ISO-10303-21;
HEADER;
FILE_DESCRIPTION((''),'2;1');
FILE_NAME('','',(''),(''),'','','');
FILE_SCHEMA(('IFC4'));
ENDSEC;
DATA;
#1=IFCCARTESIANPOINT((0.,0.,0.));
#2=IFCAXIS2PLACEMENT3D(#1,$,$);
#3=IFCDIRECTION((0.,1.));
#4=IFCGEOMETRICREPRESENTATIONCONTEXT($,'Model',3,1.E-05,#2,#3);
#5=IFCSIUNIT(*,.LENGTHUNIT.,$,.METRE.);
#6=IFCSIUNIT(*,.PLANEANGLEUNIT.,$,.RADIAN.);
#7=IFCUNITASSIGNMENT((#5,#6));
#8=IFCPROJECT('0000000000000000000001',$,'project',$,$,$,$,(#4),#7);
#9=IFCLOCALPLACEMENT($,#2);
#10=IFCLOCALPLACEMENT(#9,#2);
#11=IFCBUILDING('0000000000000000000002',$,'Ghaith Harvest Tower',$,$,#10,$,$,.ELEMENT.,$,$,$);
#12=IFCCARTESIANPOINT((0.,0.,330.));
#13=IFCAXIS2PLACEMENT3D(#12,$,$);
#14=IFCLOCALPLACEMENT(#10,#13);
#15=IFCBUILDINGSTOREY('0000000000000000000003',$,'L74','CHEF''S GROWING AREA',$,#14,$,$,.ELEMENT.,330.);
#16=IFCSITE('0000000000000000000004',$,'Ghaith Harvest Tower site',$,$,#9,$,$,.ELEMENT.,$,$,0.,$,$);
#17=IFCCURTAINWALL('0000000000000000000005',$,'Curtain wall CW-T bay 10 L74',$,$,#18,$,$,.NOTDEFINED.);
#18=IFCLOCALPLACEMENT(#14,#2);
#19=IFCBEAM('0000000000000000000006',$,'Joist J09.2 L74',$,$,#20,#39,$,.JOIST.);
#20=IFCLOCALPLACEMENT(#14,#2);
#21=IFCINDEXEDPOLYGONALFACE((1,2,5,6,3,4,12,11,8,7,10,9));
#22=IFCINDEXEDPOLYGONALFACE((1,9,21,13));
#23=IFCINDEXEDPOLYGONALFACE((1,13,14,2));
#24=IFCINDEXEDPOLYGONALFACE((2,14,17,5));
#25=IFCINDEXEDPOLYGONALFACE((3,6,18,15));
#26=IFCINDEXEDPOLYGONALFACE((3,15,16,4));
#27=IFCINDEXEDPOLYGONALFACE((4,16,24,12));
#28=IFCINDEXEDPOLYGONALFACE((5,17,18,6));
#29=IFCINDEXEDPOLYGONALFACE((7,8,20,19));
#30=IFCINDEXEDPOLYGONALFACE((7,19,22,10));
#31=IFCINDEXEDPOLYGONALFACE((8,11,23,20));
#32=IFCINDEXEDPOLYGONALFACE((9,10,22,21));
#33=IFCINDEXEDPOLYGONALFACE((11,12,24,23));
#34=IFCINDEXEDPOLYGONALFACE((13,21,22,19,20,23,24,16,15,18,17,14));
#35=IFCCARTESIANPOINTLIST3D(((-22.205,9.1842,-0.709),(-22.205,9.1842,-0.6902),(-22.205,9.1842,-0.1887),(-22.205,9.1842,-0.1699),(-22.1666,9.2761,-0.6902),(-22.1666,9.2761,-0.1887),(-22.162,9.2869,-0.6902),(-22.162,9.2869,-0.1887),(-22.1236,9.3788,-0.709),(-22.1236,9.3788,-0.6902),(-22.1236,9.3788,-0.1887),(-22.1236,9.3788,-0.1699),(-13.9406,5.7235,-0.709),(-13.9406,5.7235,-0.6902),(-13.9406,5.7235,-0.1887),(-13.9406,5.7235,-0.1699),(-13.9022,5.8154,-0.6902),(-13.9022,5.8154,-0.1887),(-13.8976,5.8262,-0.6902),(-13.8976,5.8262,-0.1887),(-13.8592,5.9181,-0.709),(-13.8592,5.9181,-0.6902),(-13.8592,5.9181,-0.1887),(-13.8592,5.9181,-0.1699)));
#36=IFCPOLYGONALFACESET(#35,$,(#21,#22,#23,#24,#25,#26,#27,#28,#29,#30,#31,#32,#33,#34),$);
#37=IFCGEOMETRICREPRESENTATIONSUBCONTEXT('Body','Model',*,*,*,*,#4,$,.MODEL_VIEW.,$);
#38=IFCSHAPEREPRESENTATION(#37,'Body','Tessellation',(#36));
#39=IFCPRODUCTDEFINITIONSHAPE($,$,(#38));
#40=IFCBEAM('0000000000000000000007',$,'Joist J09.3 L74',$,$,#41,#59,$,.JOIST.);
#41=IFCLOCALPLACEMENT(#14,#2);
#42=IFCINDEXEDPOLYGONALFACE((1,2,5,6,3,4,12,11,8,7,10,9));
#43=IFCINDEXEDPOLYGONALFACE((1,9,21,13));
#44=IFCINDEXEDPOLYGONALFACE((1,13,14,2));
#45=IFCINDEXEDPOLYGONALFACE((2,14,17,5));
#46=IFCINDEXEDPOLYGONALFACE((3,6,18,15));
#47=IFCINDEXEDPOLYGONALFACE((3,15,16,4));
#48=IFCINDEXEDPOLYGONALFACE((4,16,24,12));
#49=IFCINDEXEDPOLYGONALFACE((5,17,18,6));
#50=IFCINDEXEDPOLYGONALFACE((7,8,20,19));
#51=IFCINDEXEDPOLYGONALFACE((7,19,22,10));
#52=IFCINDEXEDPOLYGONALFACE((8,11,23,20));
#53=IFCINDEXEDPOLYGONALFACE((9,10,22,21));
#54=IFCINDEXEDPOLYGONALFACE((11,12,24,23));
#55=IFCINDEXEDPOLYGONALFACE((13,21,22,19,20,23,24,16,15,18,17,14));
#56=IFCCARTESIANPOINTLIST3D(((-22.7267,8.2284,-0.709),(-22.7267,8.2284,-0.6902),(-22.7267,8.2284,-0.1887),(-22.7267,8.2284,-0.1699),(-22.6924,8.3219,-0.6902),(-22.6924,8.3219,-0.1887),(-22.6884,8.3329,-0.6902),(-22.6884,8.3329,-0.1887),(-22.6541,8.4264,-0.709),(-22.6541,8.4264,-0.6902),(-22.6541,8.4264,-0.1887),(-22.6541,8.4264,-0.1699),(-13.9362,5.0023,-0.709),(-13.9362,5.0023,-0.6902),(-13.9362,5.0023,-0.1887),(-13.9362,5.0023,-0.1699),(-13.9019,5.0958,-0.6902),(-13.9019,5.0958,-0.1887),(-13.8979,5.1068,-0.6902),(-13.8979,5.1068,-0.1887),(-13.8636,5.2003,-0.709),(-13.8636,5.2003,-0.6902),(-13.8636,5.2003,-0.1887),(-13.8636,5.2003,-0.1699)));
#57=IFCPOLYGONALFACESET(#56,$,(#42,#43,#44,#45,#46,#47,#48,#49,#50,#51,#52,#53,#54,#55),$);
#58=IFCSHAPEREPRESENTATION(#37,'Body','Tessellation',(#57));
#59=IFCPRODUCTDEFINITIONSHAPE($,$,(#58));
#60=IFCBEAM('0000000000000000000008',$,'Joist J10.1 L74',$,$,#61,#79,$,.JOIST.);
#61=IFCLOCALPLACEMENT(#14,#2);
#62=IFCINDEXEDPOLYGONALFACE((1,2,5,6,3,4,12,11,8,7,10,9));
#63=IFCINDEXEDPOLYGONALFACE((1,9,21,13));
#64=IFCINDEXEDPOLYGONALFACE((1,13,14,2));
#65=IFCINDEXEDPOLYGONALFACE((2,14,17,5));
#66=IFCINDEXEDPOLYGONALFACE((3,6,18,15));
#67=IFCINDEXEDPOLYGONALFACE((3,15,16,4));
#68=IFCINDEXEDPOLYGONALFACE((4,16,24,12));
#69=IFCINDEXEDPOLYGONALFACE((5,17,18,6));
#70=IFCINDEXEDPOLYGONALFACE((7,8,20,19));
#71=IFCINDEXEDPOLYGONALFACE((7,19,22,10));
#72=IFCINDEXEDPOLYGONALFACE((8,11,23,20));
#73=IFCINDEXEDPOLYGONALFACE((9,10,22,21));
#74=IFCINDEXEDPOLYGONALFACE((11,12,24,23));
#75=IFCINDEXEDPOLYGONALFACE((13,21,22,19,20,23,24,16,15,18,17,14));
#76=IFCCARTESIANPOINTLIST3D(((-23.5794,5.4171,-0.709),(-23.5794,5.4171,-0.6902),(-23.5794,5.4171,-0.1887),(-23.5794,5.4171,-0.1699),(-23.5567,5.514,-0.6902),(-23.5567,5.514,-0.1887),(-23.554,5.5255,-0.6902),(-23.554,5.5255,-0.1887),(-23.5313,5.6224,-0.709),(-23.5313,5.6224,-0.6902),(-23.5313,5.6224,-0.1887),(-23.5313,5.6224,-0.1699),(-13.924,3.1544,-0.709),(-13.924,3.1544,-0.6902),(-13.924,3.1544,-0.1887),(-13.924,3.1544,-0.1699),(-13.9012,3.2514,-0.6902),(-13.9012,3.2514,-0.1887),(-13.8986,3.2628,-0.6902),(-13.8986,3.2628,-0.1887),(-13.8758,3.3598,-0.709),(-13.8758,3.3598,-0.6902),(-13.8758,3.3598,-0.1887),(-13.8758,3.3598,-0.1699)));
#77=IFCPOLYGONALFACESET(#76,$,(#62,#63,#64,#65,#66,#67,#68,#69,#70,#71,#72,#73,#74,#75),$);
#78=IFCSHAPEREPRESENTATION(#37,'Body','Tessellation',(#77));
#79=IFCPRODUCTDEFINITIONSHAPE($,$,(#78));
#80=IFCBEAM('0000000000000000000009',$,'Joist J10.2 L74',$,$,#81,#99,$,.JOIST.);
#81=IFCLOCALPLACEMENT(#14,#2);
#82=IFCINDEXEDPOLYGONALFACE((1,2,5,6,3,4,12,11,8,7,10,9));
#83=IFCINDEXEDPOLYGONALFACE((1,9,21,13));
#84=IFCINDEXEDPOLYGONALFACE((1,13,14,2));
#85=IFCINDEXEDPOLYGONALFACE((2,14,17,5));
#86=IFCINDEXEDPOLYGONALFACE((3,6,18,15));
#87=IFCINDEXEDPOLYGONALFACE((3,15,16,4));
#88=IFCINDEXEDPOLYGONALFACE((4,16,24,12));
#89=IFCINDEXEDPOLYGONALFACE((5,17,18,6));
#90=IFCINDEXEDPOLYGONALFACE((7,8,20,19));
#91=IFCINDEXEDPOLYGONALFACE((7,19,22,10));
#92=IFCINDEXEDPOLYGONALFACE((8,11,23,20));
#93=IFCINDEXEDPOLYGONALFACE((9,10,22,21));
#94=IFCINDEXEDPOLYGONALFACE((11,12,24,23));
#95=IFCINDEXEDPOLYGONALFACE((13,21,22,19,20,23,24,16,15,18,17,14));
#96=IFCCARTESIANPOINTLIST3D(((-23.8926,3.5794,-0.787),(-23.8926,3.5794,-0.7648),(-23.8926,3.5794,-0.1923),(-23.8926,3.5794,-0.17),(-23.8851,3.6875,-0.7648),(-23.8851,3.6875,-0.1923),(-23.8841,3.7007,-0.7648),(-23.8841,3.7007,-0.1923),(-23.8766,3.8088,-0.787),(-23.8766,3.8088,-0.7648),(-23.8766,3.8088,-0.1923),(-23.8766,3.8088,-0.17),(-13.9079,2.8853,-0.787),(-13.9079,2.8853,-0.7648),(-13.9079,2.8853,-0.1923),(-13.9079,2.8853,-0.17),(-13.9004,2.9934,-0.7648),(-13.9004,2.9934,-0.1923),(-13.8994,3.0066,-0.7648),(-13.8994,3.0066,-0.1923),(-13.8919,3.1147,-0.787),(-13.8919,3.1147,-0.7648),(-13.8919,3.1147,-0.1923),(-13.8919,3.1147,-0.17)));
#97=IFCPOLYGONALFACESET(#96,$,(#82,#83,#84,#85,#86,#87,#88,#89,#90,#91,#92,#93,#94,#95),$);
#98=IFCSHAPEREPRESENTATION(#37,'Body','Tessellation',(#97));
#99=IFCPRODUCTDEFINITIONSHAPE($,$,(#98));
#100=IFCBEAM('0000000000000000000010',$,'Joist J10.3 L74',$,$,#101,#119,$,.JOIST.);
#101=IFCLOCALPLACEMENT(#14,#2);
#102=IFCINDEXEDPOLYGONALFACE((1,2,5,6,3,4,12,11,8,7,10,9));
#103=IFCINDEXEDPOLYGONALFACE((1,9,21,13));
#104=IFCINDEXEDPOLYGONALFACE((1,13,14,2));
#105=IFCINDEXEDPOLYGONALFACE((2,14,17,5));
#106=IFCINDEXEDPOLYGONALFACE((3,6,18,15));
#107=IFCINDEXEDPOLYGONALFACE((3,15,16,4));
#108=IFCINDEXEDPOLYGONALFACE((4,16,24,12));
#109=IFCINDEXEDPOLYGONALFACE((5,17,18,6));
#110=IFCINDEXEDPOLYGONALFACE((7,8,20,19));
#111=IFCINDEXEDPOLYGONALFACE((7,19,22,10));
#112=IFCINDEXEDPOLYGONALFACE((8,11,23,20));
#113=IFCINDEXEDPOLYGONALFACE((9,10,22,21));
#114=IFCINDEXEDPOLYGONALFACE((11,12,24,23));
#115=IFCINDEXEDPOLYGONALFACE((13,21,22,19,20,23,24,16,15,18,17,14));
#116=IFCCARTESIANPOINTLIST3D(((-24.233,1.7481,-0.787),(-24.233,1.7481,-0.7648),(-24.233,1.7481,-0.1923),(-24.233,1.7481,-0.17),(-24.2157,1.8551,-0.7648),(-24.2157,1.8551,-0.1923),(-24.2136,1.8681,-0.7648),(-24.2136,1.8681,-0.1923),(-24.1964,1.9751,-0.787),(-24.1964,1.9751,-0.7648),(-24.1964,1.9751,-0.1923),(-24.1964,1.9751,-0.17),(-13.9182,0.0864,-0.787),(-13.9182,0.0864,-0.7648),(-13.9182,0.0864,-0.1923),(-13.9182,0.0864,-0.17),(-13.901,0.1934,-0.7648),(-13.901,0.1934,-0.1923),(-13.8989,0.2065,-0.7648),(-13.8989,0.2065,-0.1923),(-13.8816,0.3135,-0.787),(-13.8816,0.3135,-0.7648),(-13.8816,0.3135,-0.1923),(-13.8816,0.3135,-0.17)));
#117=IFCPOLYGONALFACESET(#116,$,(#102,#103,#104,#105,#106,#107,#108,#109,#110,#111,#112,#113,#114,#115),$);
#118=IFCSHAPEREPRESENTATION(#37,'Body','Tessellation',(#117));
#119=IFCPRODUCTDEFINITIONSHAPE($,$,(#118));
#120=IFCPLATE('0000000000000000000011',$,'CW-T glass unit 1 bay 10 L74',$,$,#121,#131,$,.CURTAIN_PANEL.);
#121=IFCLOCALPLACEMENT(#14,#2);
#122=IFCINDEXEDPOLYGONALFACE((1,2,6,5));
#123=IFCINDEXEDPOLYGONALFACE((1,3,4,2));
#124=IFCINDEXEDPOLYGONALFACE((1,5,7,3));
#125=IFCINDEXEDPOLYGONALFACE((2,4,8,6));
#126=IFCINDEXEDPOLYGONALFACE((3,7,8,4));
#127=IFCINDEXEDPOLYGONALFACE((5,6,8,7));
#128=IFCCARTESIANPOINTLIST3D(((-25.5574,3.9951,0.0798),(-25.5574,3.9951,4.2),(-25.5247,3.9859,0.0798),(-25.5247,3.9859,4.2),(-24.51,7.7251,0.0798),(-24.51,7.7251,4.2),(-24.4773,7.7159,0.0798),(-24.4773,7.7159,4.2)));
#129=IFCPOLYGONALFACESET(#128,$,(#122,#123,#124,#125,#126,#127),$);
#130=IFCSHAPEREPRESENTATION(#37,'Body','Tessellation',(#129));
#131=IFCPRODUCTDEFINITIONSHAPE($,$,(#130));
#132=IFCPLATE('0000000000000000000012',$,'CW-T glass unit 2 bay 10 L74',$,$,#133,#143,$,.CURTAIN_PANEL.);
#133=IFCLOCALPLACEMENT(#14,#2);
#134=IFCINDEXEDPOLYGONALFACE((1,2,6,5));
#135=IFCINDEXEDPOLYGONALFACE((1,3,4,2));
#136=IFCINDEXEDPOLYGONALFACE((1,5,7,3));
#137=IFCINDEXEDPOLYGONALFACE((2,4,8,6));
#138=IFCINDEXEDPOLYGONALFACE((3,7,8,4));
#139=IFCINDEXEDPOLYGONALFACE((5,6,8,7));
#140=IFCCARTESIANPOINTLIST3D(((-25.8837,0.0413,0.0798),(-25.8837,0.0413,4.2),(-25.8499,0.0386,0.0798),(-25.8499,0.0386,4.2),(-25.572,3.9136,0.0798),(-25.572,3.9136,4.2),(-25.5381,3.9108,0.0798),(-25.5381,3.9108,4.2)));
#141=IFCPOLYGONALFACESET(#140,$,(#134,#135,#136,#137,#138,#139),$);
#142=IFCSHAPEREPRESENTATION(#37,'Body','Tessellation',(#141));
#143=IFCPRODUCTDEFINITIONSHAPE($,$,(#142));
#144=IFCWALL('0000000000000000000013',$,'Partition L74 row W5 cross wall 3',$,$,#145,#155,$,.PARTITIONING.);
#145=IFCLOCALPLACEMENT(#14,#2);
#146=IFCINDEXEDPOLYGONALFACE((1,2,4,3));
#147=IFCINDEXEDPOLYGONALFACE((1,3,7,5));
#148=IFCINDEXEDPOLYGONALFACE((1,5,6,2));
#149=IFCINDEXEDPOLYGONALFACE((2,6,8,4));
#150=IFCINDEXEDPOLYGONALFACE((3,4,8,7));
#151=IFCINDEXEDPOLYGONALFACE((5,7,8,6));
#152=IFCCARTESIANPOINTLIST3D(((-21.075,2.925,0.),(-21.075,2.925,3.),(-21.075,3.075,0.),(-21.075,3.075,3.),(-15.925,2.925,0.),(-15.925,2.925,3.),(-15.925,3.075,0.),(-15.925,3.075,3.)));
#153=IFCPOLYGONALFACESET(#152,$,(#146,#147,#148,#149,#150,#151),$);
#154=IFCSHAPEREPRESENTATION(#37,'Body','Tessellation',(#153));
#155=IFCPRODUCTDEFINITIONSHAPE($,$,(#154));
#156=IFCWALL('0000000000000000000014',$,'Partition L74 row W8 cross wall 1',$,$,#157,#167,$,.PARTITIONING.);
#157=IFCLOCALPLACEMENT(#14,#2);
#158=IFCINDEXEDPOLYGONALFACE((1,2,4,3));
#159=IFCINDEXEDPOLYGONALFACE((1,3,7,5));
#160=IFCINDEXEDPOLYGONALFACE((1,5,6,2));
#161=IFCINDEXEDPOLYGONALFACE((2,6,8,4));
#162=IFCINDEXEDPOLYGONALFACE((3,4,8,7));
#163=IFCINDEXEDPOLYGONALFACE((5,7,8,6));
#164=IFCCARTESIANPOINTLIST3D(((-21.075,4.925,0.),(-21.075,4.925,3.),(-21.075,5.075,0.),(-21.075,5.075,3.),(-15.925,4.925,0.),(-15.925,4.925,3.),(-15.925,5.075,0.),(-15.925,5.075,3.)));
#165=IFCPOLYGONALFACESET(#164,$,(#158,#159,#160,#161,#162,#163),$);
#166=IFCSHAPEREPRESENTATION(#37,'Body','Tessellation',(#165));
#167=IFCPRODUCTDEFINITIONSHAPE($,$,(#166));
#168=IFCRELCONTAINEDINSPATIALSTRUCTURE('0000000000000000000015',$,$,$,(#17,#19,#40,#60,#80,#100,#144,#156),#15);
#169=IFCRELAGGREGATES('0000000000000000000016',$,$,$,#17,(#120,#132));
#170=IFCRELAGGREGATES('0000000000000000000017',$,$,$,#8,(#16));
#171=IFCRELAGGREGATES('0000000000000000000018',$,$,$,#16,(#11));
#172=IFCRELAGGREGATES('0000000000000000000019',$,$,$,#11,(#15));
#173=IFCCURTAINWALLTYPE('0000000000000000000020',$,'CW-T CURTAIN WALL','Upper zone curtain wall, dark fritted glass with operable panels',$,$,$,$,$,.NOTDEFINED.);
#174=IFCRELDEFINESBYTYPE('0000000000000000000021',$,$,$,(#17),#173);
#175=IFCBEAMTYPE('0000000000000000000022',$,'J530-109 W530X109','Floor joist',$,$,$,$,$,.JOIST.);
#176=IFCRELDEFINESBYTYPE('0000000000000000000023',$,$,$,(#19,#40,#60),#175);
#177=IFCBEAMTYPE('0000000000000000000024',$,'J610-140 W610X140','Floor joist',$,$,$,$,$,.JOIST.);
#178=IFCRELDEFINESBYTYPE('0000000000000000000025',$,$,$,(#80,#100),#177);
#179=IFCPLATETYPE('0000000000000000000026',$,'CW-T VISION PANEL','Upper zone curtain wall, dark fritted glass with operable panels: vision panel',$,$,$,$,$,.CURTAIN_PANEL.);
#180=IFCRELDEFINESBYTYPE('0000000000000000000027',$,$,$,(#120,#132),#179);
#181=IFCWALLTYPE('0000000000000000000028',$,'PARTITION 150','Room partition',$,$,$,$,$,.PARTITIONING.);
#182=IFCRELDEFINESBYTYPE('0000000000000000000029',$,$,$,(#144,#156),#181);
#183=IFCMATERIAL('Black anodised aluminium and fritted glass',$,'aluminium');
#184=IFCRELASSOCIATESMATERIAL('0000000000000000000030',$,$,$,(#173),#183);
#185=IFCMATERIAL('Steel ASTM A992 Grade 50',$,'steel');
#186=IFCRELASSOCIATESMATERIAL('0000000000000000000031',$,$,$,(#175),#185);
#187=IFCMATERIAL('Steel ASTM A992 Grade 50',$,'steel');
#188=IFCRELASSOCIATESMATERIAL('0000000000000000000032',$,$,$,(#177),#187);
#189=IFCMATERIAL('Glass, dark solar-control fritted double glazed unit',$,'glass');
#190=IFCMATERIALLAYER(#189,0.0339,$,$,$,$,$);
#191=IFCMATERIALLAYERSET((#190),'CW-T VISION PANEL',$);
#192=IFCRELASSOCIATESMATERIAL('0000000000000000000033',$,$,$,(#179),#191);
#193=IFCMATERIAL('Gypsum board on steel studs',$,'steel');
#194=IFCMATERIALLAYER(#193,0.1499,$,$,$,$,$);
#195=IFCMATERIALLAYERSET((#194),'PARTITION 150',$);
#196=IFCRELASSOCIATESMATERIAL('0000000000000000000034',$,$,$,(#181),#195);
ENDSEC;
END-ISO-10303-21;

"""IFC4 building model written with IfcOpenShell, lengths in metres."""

from ifc_helpers import new_model, si_unit, direction, frame, frame_2d, origin, origin_2d, place, context, subcontext, project, spatial, rectangle, i_section, extrude, material, layer, layer_set, material_profile, profile_set, type_object, element, aggregate, save


model = new_model("IFC4")

# Units and contexts
model_context = context("Model", 3, precision=1e-05, world=origin(), true_north=direction((0.0, 1.0)))
body_context = subcontext(model_context, "Body", "Model", "MODEL_VIEW")
ifc_project = project(units=[si_unit("LENGTHUNIT", "METRE"), si_unit("PLANEANGLEUNIT", "RADIAN")], contexts=[model_context])

# Site, building, storey
site_placement = place(None, origin())
site = spatial("IfcSite", under=ifc_project, at=site_placement, Name="Ghaith Harvest Tower site", CompositionType="ELEMENT", RefElevation=0.0)
building_placement = place(site_placement, origin())
building = spatial("IfcBuilding", under=site, at=building_placement, Name="Ghaith Harvest Tower", CompositionType="ELEMENT")
storey_placement = place(building_placement, frame((0.0, 0.0, 330.0)))
storey = spatial("IfcBuildingStorey", under=building, at=storey_placement, Name="L74", Description="CHEF'S GROWING AREA", CompositionType="ELEMENT", Elevation=330.0)

# Curtain wall
ifc_material_1 = material(Name="Black anodised aluminium and fritted glass", Category="aluminium")
curtain_wall_type = type_object("IfcCurtainWallType", Name="CW-T CURTAIN WALL", Description="Upper zone curtain wall, dark fritted glass with operable panels", PredefinedType="NOTDEFINED", material=ifc_material_1)
curtain_wall_placement = place(storey_placement, origin())
curtain_wall = element("IfcCurtainWall", 1, at=curtain_wall_placement, inside=storey, type_object=curtain_wall_type, Name="Curtain wall CW-T bay 10 L74", PredefinedType="NOTDEFINED")

# Beams
ifc_material_2 = material(Name="Steel ASTM A992 Grade 50", Category="steel")
ifc_material_profile_1 = material_profile(ifc_material_2, i_section(OverallWidth=0.2109, OverallDepth=0.5391, WebThickness=0.0117, FlangeThickness=0.0188, at=origin_2d()), Name="W530X109")
ifc_profile_set_1 = profile_set([ifc_material_profile_1], Name="Steel ASTM A992 Grade 50")
beam_type_1 = type_object("IfcBeamType", Name="J530-109 W530X109", Description="Floor joist", PredefinedType="JOIST", material=ifc_profile_set_1)
beam_1_placement = place(storey_placement, frame((-13.8999, 5.8208, -0.4395), z_axis=(-0.922394, 0.38625, 0.0), x_axis=(-0.38625, -0.922394, 0.0)))
element("IfcBeam", 2, at=beam_1_placement, inside=storey, type_object=beam_type_1, Name="Joist J09.2 L74", PredefinedType="JOIST", context=body_context, shape_type="SweptSolid", body=[
    extrude(i_section(OverallWidth=0.2109, OverallDepth=0.5391, WebThickness=0.0117, FlangeThickness=0.0188, at=origin_2d()), origin(), (0.0, 0.0, 1.0), 8.9597),
])
beam_2_placement = place(storey_placement, frame((-13.8999, 5.1013, -0.4395), z_axis=(-0.938777, 0.344526, 0.0), x_axis=(-0.344526, -0.938777, 0.0)))
element("IfcBeam", 3, at=beam_2_placement, inside=storey, type_object=beam_type_1, Name="Joist J09.3 L74", PredefinedType="JOIST", context=body_context, shape_type="SweptSolid", body=[
    extrude(i_section(OverallWidth=0.2109, OverallDepth=0.5391, WebThickness=0.0117, FlangeThickness=0.0188, at=origin_2d()), origin(), (0.0, 0.0, 1.0), 9.3638),
])
beam_3_placement = place(storey_placement, frame((-13.8999, 3.2571, -0.4395), z_axis=(-0.973623, 0.228161, 0.0), x_axis=(-0.228161, -0.973623, 0.0)))
element("IfcBeam", 4, at=beam_3_placement, inside=storey, type_object=beam_type_1, Name="Joist J10.1 L74", PredefinedType="JOIST", context=body_context, shape_type="SweptSolid", body=[
    extrude(i_section(OverallWidth=0.2109, OverallDepth=0.5391, WebThickness=0.0117, FlangeThickness=0.0188, at=origin_2d()), origin(), (0.0, 0.0, 1.0), 9.917),
])
ifc_material_3 = material(Name="Steel ASTM A992 Grade 50", Category="steel")
ifc_material_profile_2 = material_profile(ifc_material_3, i_section(OverallWidth=0.23, OverallDepth=0.6169, WebThickness=0.0132, FlangeThickness=0.0222, at=origin_2d()), Name="W610X140")
ifc_profile_set_2 = profile_set([ifc_material_profile_2], Name="Steel ASTM A992 Grade 50")
beam_type_2 = type_object("IfcBeamType", Name="J610-140 W610X140", Description="Floor joist", PredefinedType="JOIST", material=ifc_profile_set_2)
beam_4_placement = place(storey_placement, frame((-13.8999, 3.0, -0.4785), z_axis=(-0.997592, 0.069349, 0.0), x_axis=(-0.069349, -0.997592, 0.0)))
element("IfcBeam", 5, at=beam_4_placement, inside=storey, type_object=beam_type_2, Name="Joist J10.2 L74", PredefinedType="JOIST", context=body_context, shape_type="SweptSolid", body=[
    extrude(i_section(OverallWidth=0.23, OverallDepth=0.6169, WebThickness=0.0132, FlangeThickness=0.0222, at=origin_2d()), origin(), (0.0, 0.0, 1.0), 10.0088),
])
beam_5_placement = place(storey_placement, frame((-13.8999, 0.2, -0.4785), z_axis=(-0.987272, 0.159042, 0.0), x_axis=(-0.159042, -0.987272, 0.0)))
element("IfcBeam", 6, at=beam_5_placement, inside=storey, type_object=beam_type_2, Name="Joist J10.3 L74", PredefinedType="JOIST", context=body_context, shape_type="SweptSolid", body=[
    extrude(i_section(OverallWidth=0.23, OverallDepth=0.6169, WebThickness=0.0132, FlangeThickness=0.0222, at=origin_2d()), origin(), (0.0, 0.0, 1.0), 10.4478),
])

# Plates
ifc_material_4 = material(Name="Glass, dark solar-control fritted double glazed unit", Category="glass")
ifc_layer_1 = layer(ifc_material_4, 0.0339)
ifc_layer_set_1 = layer_set([ifc_layer_1], Name="CW-T VISION PANEL")
plate_type = type_object("IfcPlateType", Name="CW-T VISION PANEL", Description="Upper zone curtain wall, dark fritted glass with operable panels: vision panel", PredefinedType="CURTAIN_PANEL", material=ifc_layer_set_1)
plate_1_placement = place(storey_placement, frame((-25.0173, 5.8555, 0.0798), z_axis=(0.0, 0.0, 1.0), x_axis=(-0.270355, -0.962761, 0.0)))
plate_1 = element("IfcPlate", 7, at=plate_1_placement, type_object=plate_type, Name="CW-T glass unit 1 bay 10 L74", PredefinedType="CURTAIN_PANEL", context=body_context, shape_type="SweptSolid", body=[
    extrude(rectangle(XDim=3.8743, YDim=0.0339, at=origin_2d()), origin(), (0.0, 0.0, 1.0), 4.1201),
])
plate_2_placement = place(storey_placement, frame((-25.7109, 1.9761, 0.0798), z_axis=(0.0, 0.0, 1.0), x_axis=(-0.080258, -0.996774, 0.0)))
plate_2 = element("IfcPlate", 8, at=plate_2_placement, type_object=plate_type, Name="CW-T glass unit 2 bay 10 L74", PredefinedType="CURTAIN_PANEL", context=body_context, shape_type="SweptSolid", body=[
    extrude(rectangle(XDim=3.8848, YDim=0.0339, at=origin_2d()), origin(), (0.0, 0.0, 1.0), 4.1201),
])
aggregate(curtain_wall, [plate_1, plate_2])

# Walls
ifc_material_5 = material(Name="Gypsum board on steel studs", Category="steel")
ifc_layer_2 = layer(ifc_material_5, 0.1499)
ifc_layer_set_2 = layer_set([ifc_layer_2], Name="PARTITION 150")
wall_type_1 = type_object("IfcWallType", Name="PARTITION 150", Description="Room partition", PredefinedType="PARTITIONING", material=ifc_layer_set_2)
for number, where, z_axis, x_axis, name in (
    (9, (-15.925, 3.0, 0.0), (0.0, 0.0, 1.0), (-1.0, 0.0, 0.0), "Partition L74 row W5 cross wall 3"),
    (10, (-15.925, 5.0, 0.0), (0.0, 0.0, 1.0), (-1.0, 0.0, 0.0), "Partition L74 row W8 cross wall 1"),
):
    element("IfcWall", number, at=place(storey_placement, frame(where, z_axis=z_axis, x_axis=x_axis)), inside=storey, type_object=wall_type_1, Name=name, PredefinedType="PARTITIONING", context=body_context, shape_type="SweptSolid", body=[
        extrude(rectangle(XDim=5.1499, YDim=0.1499, at=frame_2d((2.575, 0.0))), origin(), (0.0, 0.0, 1.0), 3.0),
    ])

save(model, "model.ifc")
